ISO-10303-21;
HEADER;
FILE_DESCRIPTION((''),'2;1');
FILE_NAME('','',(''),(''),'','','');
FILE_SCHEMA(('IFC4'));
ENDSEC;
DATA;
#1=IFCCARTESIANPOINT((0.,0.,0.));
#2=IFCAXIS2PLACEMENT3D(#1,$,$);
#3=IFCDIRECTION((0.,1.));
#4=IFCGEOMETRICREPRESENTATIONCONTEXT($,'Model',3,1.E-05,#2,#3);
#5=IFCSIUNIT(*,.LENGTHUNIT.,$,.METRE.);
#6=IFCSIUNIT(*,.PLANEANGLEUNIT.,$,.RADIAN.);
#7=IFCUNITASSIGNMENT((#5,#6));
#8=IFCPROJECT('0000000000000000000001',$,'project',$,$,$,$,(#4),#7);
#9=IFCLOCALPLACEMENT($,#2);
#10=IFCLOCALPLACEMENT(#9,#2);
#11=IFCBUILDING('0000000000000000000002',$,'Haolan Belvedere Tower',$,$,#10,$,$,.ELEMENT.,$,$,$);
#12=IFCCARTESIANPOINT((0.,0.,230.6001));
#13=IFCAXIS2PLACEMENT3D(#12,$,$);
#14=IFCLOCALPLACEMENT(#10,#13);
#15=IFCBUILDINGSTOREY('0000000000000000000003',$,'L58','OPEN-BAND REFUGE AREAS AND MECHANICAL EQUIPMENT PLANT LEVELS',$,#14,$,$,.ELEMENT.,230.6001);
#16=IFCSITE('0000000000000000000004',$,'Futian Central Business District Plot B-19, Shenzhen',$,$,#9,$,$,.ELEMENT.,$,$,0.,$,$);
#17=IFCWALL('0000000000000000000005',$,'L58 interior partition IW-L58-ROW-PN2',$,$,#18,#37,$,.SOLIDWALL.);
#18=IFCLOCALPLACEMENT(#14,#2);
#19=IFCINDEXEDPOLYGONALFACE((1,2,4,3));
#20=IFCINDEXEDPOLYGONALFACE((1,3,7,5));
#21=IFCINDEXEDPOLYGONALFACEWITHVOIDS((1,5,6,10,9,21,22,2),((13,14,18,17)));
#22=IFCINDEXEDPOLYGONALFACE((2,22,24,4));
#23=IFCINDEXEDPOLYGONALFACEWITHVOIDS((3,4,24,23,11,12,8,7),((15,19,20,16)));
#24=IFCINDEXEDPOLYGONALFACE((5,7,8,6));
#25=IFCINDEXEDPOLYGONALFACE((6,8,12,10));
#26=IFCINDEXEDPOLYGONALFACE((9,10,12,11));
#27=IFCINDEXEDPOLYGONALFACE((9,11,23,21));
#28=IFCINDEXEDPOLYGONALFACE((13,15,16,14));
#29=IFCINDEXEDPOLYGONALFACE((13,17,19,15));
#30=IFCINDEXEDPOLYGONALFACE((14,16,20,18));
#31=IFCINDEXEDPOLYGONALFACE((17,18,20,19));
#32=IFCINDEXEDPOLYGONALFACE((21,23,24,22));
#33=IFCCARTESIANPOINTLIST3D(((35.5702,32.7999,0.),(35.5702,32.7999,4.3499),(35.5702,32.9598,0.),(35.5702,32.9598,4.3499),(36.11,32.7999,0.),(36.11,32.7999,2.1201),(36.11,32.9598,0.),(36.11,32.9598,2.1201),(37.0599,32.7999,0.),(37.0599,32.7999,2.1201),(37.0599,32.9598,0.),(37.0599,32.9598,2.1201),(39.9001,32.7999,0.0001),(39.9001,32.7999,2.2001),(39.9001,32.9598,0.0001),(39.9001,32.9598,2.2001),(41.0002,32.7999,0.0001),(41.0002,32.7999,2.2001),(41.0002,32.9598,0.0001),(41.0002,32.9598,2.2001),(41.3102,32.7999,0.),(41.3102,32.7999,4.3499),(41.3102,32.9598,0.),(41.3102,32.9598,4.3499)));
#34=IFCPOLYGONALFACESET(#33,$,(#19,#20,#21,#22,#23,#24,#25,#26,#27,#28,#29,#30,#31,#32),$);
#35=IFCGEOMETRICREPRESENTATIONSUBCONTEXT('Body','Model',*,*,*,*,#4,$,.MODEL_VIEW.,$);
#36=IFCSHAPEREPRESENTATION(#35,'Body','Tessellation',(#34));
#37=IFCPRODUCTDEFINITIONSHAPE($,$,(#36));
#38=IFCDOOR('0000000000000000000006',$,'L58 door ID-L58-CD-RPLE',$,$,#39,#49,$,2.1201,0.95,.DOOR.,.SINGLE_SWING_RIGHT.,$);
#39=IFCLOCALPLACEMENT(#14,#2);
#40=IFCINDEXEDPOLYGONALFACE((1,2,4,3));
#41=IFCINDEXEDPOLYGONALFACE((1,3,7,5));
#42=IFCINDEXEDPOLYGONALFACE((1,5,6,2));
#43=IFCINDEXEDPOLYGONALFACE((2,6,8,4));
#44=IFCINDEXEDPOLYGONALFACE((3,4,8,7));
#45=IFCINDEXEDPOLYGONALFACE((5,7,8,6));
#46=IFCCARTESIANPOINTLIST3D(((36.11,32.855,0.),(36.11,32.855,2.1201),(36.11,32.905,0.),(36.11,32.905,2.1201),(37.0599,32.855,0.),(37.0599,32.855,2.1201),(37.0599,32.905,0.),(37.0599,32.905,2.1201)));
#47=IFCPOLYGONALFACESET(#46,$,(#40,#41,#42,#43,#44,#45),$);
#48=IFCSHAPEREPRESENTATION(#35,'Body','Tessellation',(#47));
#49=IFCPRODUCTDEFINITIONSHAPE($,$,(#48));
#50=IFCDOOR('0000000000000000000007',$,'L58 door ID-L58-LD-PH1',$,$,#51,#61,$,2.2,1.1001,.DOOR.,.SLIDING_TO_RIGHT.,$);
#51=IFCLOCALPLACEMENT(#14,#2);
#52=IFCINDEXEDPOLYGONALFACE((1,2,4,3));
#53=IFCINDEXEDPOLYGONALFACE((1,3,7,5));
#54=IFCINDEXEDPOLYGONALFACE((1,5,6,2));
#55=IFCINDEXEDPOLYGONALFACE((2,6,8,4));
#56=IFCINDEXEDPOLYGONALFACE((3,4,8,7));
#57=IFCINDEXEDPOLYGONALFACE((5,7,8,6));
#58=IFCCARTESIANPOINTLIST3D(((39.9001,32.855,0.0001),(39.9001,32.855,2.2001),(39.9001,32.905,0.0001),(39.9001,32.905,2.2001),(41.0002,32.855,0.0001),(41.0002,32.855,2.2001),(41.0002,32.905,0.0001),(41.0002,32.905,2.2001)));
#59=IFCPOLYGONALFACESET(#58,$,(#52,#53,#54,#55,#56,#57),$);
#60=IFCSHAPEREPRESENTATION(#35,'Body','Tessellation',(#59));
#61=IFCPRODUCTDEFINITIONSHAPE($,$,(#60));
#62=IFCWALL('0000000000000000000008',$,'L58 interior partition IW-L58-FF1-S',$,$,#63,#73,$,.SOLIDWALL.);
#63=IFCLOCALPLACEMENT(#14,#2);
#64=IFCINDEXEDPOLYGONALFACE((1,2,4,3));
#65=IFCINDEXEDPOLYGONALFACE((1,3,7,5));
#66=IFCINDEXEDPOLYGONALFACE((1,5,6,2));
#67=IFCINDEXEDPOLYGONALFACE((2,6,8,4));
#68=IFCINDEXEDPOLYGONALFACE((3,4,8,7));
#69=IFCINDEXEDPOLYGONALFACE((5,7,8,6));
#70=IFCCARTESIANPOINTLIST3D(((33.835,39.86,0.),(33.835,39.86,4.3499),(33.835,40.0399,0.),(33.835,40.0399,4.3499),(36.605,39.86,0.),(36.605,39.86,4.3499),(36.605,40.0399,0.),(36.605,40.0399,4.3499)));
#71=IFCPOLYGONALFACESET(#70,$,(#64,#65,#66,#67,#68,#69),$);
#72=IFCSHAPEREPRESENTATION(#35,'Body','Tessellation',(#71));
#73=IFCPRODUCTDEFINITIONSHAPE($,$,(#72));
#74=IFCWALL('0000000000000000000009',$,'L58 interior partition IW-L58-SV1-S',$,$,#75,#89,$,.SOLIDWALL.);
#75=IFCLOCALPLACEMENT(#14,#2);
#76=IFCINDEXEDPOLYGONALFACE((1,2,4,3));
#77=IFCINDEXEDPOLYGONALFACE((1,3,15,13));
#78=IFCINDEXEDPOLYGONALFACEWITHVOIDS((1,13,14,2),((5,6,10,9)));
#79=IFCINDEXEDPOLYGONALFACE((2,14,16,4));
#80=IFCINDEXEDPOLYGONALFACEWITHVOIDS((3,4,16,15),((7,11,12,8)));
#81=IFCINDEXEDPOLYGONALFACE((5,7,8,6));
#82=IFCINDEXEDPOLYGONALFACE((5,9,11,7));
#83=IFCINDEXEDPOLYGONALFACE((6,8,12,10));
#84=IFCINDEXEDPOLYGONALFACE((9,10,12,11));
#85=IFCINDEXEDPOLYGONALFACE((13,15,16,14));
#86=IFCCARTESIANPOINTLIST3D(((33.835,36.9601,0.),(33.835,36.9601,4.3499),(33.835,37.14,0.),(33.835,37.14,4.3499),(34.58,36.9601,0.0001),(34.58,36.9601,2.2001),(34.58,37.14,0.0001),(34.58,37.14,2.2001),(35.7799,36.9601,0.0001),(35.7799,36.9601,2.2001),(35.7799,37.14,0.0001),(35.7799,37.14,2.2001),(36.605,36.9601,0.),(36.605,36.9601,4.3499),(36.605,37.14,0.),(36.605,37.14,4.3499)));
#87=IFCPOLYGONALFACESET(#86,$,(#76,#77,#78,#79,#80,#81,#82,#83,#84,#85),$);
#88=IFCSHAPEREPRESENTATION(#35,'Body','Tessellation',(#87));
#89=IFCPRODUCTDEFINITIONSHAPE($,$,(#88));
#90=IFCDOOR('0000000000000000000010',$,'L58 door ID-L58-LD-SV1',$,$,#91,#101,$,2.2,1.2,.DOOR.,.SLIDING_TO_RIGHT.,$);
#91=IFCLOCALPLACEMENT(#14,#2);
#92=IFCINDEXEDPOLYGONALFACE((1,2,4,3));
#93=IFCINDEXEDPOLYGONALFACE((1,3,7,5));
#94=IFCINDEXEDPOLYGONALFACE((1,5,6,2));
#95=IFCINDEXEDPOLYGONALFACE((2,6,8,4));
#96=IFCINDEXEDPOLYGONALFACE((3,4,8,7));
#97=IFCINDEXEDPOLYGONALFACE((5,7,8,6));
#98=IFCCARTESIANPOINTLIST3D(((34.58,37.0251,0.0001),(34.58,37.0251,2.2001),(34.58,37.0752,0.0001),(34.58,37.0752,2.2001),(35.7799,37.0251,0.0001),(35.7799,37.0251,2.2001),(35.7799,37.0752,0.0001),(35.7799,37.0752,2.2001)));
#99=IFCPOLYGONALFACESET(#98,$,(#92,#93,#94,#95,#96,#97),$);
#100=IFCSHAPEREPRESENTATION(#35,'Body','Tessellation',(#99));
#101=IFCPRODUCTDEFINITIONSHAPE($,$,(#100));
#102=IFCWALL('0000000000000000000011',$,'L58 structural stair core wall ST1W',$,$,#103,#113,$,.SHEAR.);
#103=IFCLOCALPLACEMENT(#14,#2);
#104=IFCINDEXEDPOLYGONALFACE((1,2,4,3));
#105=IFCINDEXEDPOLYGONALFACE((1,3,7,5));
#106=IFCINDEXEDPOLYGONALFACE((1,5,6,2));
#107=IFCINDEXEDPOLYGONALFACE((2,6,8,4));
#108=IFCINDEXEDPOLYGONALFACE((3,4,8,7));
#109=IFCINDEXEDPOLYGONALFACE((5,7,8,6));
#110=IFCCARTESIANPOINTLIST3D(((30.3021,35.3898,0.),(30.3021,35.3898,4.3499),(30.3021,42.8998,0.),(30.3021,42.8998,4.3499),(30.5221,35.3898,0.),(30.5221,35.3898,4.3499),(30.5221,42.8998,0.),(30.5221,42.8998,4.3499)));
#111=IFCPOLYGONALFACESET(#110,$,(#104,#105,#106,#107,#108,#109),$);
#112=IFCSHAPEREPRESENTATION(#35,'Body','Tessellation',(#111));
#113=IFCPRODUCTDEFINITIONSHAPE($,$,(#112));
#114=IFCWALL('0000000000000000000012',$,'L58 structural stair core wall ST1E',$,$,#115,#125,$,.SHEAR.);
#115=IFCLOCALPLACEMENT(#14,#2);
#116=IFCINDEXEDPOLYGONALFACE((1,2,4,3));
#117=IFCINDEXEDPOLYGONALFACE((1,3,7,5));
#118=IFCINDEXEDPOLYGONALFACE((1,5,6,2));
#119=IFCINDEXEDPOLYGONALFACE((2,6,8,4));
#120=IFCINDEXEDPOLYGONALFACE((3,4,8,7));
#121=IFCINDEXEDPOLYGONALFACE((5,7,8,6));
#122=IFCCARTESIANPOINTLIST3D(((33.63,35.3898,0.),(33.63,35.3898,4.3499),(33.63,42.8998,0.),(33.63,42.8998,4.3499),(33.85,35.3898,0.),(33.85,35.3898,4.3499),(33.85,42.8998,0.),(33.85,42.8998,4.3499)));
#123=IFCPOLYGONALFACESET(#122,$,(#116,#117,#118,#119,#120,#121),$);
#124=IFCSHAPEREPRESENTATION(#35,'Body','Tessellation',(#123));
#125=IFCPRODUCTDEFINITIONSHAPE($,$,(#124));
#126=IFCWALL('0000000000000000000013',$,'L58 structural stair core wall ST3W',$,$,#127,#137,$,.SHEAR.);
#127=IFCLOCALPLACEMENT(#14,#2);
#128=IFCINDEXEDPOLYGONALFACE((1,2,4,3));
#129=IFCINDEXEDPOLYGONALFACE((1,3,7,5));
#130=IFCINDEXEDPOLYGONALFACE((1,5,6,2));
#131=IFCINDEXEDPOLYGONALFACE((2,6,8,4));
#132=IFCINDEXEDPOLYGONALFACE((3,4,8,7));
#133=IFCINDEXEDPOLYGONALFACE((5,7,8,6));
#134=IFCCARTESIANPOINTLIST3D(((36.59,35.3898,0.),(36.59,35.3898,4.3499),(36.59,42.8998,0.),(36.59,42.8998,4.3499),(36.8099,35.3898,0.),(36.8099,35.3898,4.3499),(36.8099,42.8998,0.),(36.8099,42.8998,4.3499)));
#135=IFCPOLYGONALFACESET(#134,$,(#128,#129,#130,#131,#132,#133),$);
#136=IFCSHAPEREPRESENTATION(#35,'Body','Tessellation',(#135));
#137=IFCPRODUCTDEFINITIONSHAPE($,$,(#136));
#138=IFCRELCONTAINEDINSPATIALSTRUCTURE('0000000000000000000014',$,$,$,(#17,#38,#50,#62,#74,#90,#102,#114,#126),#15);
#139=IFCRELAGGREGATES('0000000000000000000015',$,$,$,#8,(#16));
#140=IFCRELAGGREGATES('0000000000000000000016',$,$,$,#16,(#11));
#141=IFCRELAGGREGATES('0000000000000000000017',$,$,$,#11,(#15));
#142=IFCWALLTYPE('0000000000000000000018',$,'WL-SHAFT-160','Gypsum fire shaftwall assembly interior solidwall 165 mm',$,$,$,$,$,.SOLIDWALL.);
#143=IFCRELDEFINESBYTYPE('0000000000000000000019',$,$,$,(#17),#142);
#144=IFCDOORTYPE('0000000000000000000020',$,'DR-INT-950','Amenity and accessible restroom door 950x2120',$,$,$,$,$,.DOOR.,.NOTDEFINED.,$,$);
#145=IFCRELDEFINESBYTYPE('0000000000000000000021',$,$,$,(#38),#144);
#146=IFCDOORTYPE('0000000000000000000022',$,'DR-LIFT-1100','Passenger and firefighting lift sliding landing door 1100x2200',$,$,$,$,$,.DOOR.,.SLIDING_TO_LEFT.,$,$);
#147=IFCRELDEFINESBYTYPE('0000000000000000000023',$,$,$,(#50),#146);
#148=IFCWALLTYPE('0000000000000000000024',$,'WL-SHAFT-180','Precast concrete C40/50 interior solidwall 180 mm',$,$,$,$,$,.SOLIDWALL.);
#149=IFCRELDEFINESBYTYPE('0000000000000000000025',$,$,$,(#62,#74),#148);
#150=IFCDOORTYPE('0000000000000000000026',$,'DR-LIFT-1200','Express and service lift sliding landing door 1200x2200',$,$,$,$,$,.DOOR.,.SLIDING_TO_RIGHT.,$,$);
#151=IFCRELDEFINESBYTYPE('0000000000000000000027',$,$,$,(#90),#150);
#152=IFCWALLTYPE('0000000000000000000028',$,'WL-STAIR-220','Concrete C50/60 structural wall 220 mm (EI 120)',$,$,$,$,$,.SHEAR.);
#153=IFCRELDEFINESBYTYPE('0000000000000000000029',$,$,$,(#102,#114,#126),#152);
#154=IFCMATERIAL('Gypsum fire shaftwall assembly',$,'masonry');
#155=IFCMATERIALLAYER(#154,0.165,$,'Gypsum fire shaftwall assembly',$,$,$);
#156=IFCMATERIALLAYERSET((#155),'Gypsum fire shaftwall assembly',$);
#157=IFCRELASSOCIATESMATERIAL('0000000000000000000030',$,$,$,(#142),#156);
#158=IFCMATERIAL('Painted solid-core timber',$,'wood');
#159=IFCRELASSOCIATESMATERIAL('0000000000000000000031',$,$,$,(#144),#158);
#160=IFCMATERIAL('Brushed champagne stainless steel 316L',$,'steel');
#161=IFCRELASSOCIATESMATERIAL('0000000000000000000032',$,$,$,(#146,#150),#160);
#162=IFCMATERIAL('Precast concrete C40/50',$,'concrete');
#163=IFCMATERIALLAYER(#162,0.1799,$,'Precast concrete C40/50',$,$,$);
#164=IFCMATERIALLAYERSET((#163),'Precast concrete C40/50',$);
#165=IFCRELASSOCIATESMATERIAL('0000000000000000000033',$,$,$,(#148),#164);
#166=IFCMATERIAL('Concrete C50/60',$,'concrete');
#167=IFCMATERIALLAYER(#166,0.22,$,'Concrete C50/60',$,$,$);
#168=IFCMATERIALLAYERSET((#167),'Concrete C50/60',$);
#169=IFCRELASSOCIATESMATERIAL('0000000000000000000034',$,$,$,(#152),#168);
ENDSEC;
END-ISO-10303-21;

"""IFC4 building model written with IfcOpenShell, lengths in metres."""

from ifc_helpers import new_model, si_unit, direction, frame, frame_2d, origin, place, context, subcontext, project, spatial, rectangle, extrude, material, layer, layer_set, type_object, element, fill, save


model = new_model("IFC4")

# Units and contexts
model_context = context("Model", 3, precision=1e-05, world=origin(), true_north=direction((0.0, 1.0)))
body_context = subcontext(model_context, "Body", "Model", "MODEL_VIEW")
ifc_project = project(units=[si_unit("LENGTHUNIT", "METRE"), si_unit("PLANEANGLEUNIT", "RADIAN")], contexts=[model_context])

# Site, building, storey
site_placement = place(None, origin())
site = spatial("IfcSite", under=ifc_project, at=site_placement, Name="Futian Central Business District Plot B-19, Shenzhen", CompositionType="ELEMENT", RefElevation=0.0)
building_placement = place(site_placement, origin())
building = spatial("IfcBuilding", under=site, at=building_placement, Name="Haolan Belvedere Tower", CompositionType="ELEMENT")
storey_placement = place(building_placement, frame((0.0, 0.0, 230.6001)))
storey = spatial("IfcBuildingStorey", under=building, at=storey_placement, Name="L58", Description="OPEN-BAND REFUGE AREAS AND MECHANICAL EQUIPMENT PLANT LEVELS", CompositionType="ELEMENT", Elevation=230.6001)

# Shared definitions
ifc_material_1 = material(Name="Gypsum fire shaftwall assembly", Category="masonry")
ifc_layer_1 = layer(ifc_material_1, 0.165, Name="Gypsum fire shaftwall assembly")
ifc_layer_set_1 = layer_set([ifc_layer_1], Name="Gypsum fire shaftwall assembly")
wall_type_1 = type_object("IfcWallType", Name="WL-SHAFT-160", Description="Gypsum fire shaftwall assembly interior solidwall 165 mm", PredefinedType="SOLIDWALL", material=ifc_layer_set_1)

# Wall, openings, doors
wall_1_placement = place(storey_placement, frame((35.5701, 32.8799, 0.0), z_axis=(0.0, 0.0, 1.0), x_axis=(1.0, 0.0, 0.0)))
wall_1 = element("IfcWall", 1, at=wall_1_placement, inside=storey, type_object=wall_type_1, Name="L58 interior partition IW-L58-ROW-PN2", PredefinedType="SOLIDWALL", context=body_context, shape_type="SweptSolid", body=[
    extrude(rectangle(XDim=5.74, YDim=0.1599, at=frame_2d((2.8701, 0.0))), origin(), (0.0, 0.0, 1.0), 4.3499),
])
opening_1_placement = place(wall_1_placement, frame((1.49, 0.0, 0.0), z_axis=(0.0, 0.0, 1.0), x_axis=(-1.0, 0.0, 0.0)))
opening_1 = element("IfcOpeningElement", 2, at=opening_1_placement, cuts=wall_1, PredefinedType="OPENING", context=body_context, shape_type="SweptSolid", body=[
    extrude(rectangle(XDim=0.95, YDim=2.1201, at=frame_2d((0.4751, 1.0601))), frame((0.0, 0.0898, 0.0), z_axis=(0.0, -1.0, 0.0), x_axis=(1.0, 0.0, 0.0)), (0.0, 0.0, 1.0), 0.1799),
])
opening_2_placement = place(wall_1_placement, frame((5.4302, 0.0, 0.0), z_axis=(0.0, 0.0, 1.0), x_axis=(-1.0, 0.0, 0.0)))
opening_2 = element("IfcOpeningElement", 3, at=opening_2_placement, cuts=wall_1, PredefinedType="OPENING", context=body_context, shape_type="SweptSolid", body=[
    extrude(rectangle(XDim=1.1001, YDim=2.2, at=frame_2d((0.55, 1.1001))), frame((0.0, 0.0898, 0.0), z_axis=(0.0, -1.0, 0.0), x_axis=(1.0, 0.0, 0.0)), (0.0, 0.0, 1.0), 0.1799),
])
ifc_material_2 = material(Name="Painted solid-core timber", Category="wood")
door_type_1 = type_object("IfcDoorType", Name="DR-INT-950", Description="Amenity and accessible restroom door 950x2120", OperationType="NOTDEFINED", PredefinedType="DOOR", material=ifc_material_2)
door_1_placement = place(opening_1_placement, origin())
door_1 = element("IfcDoor", 4, at=door_1_placement, inside=storey, type_object=door_type_1, Name="L58 door ID-L58-CD-RPLE", OperationType="SINGLE_SWING_RIGHT", OverallHeight=2.1201, OverallWidth=0.95, PredefinedType="DOOR", context=body_context, shape_type="SweptSolid", body=[
    extrude(rectangle(XDim=0.95, YDim=2.1201, at=frame_2d((0.4751, 1.0601))), frame((0.0, 0.0249, 0.0), z_axis=(0.0, -1.0, 0.0), x_axis=(1.0, 0.0, 0.0)), (0.0, 0.0, 1.0), 0.05),
])
fill(opening_1, door_1)
ifc_material_3 = material(Name="Brushed champagne stainless steel 316L", Category="steel")
door_type_2 = type_object("IfcDoorType", Name="DR-LIFT-1100", Description="Passenger and firefighting lift sliding landing door 1100x2200", OperationType="SLIDING_TO_LEFT", PredefinedType="DOOR", material=ifc_material_3)
door_2_placement = place(opening_2_placement, origin())
door_2 = element("IfcDoor", 5, at=door_2_placement, inside=storey, type_object=door_type_2, Name="L58 door ID-L58-LD-PH1", OperationType="SLIDING_TO_RIGHT", OverallHeight=2.2, OverallWidth=1.1001, PredefinedType="DOOR", context=body_context, shape_type="SweptSolid", body=[
    extrude(rectangle(XDim=1.1001, YDim=2.2, at=frame_2d((0.55, 1.1001))), frame((0.0, 0.0249, 0.0), z_axis=(0.0, -1.0, 0.0), x_axis=(1.0, 0.0, 0.0)), (0.0, 0.0, 1.0), 0.05),
])
fill(opening_2, door_2)

# Wall
ifc_material_4 = material(Name="Precast concrete C40/50", Category="concrete")
ifc_layer_2 = layer(ifc_material_4, 0.1799, Name="Precast concrete C40/50")
ifc_layer_set_2 = layer_set([ifc_layer_2], Name="Precast concrete C40/50")
wall_type_2 = type_object("IfcWallType", Name="WL-SHAFT-180", Description="Precast concrete C40/50 interior solidwall 180 mm", PredefinedType="SOLIDWALL", material=ifc_layer_set_2)
wall_2_placement = place(storey_placement, frame((33.835, 39.95, 0.0), z_axis=(0.0, 0.0, 1.0), x_axis=(1.0, 0.0, 0.0)))
element("IfcWall", 6, at=wall_2_placement, inside=storey, type_object=wall_type_2, Name="L58 interior partition IW-L58-FF1-S", PredefinedType="SOLIDWALL", context=body_context, shape_type="SweptSolid", body=[
    extrude(rectangle(XDim=2.77, YDim=0.1799, at=frame_2d((1.385, 0.0))), origin(), (0.0, 0.0, 1.0), 4.3499),
])

# Wall, opening, door
wall_3_placement = place(storey_placement, frame((33.835, 37.05, 0.0), z_axis=(0.0, 0.0, 1.0), x_axis=(1.0, 0.0, 0.0)))
wall_3 = element("IfcWall", 7, at=wall_3_placement, inside=storey, type_object=wall_type_2, Name="L58 interior partition IW-L58-SV1-S", PredefinedType="SOLIDWALL", context=body_context, shape_type="SweptSolid", body=[
    extrude(rectangle(XDim=2.77, YDim=0.1799, at=frame_2d((1.385, 0.0))), origin(), (0.0, 0.0, 1.0), 4.3499),
])
opening_3_placement = place(wall_3_placement, frame((1.9451, 0.0, 0.0), z_axis=(0.0, 0.0, 1.0), x_axis=(-1.0, 0.0, 0.0)))
opening_3 = element("IfcOpeningElement", 8, at=opening_3_placement, cuts=wall_3, PredefinedType="OPENING", context=body_context, shape_type="SweptSolid", body=[
    extrude(rectangle(XDim=1.2, YDim=2.2, at=frame_2d((0.6001, 1.1001))), frame((0.0, 0.0999, 0.0), z_axis=(0.0, -1.0, 0.0), x_axis=(1.0, 0.0, 0.0)), (0.0, 0.0, 1.0), 0.2),
])
door_type_3 = type_object("IfcDoorType", Name="DR-LIFT-1200", Description="Express and service lift sliding landing door 1200x2200", OperationType="SLIDING_TO_RIGHT", PredefinedType="DOOR", material=ifc_material_3)
door_3_placement = place(opening_3_placement, origin())
door_3 = element("IfcDoor", 9, at=door_3_placement, inside=storey, type_object=door_type_3, Name="L58 door ID-L58-LD-SV1", OperationType="SLIDING_TO_RIGHT", OverallHeight=2.2, OverallWidth=1.2, PredefinedType="DOOR", context=body_context, shape_type="SweptSolid", body=[
    extrude(rectangle(XDim=1.2, YDim=2.2, at=frame_2d((0.6001, 1.1001))), frame((0.0, 0.0249, 0.0), z_axis=(0.0, -1.0, 0.0), x_axis=(1.0, 0.0, 0.0)), (0.0, 0.0, 1.0), 0.05),
])
fill(opening_3, door_3)

# Walls
ifc_material_5 = material(Name="Concrete C50/60", Category="concrete")
ifc_layer_3 = layer(ifc_material_5, 0.22, Name="Concrete C50/60")
ifc_layer_set_3 = layer_set([ifc_layer_3], Name="Concrete C50/60")
wall_type_3 = type_object("IfcWallType", Name="WL-STAIR-220", Description="Concrete C50/60 structural wall 220 mm (EI 120)", PredefinedType="SHEAR", material=ifc_layer_set_3)
for number, where, z_axis, x_axis, name in (
    (10, (30.4121, 35.3899, 0.0), (0.0, 0.0, 1.0), (0.0, 1.0, 0.0), "L58 structural stair core wall ST1W"),
    (11, (33.74, 35.3899, 0.0), (0.0, 0.0, 1.0), (0.0, 1.0, 0.0), "L58 structural stair core wall ST1E"),
    (12, (36.7, 35.3899, 0.0), (0.0, 0.0, 1.0), (0.0, 1.0, 0.0), "L58 structural stair core wall ST3W"),
):
    element("IfcWall", number, at=place(storey_placement, frame(where, z_axis=z_axis, x_axis=x_axis)), inside=storey, type_object=wall_type_3, Name=name, PredefinedType="SHEAR", context=body_context, shape_type="SweptSolid", body=[
        extrude(rectangle(XDim=7.51, YDim=0.22, at=frame_2d((3.7549, 0.0))), origin(), (0.0, 0.0, 1.0), 4.3499),
    ])

save(model, "model.ifc")
